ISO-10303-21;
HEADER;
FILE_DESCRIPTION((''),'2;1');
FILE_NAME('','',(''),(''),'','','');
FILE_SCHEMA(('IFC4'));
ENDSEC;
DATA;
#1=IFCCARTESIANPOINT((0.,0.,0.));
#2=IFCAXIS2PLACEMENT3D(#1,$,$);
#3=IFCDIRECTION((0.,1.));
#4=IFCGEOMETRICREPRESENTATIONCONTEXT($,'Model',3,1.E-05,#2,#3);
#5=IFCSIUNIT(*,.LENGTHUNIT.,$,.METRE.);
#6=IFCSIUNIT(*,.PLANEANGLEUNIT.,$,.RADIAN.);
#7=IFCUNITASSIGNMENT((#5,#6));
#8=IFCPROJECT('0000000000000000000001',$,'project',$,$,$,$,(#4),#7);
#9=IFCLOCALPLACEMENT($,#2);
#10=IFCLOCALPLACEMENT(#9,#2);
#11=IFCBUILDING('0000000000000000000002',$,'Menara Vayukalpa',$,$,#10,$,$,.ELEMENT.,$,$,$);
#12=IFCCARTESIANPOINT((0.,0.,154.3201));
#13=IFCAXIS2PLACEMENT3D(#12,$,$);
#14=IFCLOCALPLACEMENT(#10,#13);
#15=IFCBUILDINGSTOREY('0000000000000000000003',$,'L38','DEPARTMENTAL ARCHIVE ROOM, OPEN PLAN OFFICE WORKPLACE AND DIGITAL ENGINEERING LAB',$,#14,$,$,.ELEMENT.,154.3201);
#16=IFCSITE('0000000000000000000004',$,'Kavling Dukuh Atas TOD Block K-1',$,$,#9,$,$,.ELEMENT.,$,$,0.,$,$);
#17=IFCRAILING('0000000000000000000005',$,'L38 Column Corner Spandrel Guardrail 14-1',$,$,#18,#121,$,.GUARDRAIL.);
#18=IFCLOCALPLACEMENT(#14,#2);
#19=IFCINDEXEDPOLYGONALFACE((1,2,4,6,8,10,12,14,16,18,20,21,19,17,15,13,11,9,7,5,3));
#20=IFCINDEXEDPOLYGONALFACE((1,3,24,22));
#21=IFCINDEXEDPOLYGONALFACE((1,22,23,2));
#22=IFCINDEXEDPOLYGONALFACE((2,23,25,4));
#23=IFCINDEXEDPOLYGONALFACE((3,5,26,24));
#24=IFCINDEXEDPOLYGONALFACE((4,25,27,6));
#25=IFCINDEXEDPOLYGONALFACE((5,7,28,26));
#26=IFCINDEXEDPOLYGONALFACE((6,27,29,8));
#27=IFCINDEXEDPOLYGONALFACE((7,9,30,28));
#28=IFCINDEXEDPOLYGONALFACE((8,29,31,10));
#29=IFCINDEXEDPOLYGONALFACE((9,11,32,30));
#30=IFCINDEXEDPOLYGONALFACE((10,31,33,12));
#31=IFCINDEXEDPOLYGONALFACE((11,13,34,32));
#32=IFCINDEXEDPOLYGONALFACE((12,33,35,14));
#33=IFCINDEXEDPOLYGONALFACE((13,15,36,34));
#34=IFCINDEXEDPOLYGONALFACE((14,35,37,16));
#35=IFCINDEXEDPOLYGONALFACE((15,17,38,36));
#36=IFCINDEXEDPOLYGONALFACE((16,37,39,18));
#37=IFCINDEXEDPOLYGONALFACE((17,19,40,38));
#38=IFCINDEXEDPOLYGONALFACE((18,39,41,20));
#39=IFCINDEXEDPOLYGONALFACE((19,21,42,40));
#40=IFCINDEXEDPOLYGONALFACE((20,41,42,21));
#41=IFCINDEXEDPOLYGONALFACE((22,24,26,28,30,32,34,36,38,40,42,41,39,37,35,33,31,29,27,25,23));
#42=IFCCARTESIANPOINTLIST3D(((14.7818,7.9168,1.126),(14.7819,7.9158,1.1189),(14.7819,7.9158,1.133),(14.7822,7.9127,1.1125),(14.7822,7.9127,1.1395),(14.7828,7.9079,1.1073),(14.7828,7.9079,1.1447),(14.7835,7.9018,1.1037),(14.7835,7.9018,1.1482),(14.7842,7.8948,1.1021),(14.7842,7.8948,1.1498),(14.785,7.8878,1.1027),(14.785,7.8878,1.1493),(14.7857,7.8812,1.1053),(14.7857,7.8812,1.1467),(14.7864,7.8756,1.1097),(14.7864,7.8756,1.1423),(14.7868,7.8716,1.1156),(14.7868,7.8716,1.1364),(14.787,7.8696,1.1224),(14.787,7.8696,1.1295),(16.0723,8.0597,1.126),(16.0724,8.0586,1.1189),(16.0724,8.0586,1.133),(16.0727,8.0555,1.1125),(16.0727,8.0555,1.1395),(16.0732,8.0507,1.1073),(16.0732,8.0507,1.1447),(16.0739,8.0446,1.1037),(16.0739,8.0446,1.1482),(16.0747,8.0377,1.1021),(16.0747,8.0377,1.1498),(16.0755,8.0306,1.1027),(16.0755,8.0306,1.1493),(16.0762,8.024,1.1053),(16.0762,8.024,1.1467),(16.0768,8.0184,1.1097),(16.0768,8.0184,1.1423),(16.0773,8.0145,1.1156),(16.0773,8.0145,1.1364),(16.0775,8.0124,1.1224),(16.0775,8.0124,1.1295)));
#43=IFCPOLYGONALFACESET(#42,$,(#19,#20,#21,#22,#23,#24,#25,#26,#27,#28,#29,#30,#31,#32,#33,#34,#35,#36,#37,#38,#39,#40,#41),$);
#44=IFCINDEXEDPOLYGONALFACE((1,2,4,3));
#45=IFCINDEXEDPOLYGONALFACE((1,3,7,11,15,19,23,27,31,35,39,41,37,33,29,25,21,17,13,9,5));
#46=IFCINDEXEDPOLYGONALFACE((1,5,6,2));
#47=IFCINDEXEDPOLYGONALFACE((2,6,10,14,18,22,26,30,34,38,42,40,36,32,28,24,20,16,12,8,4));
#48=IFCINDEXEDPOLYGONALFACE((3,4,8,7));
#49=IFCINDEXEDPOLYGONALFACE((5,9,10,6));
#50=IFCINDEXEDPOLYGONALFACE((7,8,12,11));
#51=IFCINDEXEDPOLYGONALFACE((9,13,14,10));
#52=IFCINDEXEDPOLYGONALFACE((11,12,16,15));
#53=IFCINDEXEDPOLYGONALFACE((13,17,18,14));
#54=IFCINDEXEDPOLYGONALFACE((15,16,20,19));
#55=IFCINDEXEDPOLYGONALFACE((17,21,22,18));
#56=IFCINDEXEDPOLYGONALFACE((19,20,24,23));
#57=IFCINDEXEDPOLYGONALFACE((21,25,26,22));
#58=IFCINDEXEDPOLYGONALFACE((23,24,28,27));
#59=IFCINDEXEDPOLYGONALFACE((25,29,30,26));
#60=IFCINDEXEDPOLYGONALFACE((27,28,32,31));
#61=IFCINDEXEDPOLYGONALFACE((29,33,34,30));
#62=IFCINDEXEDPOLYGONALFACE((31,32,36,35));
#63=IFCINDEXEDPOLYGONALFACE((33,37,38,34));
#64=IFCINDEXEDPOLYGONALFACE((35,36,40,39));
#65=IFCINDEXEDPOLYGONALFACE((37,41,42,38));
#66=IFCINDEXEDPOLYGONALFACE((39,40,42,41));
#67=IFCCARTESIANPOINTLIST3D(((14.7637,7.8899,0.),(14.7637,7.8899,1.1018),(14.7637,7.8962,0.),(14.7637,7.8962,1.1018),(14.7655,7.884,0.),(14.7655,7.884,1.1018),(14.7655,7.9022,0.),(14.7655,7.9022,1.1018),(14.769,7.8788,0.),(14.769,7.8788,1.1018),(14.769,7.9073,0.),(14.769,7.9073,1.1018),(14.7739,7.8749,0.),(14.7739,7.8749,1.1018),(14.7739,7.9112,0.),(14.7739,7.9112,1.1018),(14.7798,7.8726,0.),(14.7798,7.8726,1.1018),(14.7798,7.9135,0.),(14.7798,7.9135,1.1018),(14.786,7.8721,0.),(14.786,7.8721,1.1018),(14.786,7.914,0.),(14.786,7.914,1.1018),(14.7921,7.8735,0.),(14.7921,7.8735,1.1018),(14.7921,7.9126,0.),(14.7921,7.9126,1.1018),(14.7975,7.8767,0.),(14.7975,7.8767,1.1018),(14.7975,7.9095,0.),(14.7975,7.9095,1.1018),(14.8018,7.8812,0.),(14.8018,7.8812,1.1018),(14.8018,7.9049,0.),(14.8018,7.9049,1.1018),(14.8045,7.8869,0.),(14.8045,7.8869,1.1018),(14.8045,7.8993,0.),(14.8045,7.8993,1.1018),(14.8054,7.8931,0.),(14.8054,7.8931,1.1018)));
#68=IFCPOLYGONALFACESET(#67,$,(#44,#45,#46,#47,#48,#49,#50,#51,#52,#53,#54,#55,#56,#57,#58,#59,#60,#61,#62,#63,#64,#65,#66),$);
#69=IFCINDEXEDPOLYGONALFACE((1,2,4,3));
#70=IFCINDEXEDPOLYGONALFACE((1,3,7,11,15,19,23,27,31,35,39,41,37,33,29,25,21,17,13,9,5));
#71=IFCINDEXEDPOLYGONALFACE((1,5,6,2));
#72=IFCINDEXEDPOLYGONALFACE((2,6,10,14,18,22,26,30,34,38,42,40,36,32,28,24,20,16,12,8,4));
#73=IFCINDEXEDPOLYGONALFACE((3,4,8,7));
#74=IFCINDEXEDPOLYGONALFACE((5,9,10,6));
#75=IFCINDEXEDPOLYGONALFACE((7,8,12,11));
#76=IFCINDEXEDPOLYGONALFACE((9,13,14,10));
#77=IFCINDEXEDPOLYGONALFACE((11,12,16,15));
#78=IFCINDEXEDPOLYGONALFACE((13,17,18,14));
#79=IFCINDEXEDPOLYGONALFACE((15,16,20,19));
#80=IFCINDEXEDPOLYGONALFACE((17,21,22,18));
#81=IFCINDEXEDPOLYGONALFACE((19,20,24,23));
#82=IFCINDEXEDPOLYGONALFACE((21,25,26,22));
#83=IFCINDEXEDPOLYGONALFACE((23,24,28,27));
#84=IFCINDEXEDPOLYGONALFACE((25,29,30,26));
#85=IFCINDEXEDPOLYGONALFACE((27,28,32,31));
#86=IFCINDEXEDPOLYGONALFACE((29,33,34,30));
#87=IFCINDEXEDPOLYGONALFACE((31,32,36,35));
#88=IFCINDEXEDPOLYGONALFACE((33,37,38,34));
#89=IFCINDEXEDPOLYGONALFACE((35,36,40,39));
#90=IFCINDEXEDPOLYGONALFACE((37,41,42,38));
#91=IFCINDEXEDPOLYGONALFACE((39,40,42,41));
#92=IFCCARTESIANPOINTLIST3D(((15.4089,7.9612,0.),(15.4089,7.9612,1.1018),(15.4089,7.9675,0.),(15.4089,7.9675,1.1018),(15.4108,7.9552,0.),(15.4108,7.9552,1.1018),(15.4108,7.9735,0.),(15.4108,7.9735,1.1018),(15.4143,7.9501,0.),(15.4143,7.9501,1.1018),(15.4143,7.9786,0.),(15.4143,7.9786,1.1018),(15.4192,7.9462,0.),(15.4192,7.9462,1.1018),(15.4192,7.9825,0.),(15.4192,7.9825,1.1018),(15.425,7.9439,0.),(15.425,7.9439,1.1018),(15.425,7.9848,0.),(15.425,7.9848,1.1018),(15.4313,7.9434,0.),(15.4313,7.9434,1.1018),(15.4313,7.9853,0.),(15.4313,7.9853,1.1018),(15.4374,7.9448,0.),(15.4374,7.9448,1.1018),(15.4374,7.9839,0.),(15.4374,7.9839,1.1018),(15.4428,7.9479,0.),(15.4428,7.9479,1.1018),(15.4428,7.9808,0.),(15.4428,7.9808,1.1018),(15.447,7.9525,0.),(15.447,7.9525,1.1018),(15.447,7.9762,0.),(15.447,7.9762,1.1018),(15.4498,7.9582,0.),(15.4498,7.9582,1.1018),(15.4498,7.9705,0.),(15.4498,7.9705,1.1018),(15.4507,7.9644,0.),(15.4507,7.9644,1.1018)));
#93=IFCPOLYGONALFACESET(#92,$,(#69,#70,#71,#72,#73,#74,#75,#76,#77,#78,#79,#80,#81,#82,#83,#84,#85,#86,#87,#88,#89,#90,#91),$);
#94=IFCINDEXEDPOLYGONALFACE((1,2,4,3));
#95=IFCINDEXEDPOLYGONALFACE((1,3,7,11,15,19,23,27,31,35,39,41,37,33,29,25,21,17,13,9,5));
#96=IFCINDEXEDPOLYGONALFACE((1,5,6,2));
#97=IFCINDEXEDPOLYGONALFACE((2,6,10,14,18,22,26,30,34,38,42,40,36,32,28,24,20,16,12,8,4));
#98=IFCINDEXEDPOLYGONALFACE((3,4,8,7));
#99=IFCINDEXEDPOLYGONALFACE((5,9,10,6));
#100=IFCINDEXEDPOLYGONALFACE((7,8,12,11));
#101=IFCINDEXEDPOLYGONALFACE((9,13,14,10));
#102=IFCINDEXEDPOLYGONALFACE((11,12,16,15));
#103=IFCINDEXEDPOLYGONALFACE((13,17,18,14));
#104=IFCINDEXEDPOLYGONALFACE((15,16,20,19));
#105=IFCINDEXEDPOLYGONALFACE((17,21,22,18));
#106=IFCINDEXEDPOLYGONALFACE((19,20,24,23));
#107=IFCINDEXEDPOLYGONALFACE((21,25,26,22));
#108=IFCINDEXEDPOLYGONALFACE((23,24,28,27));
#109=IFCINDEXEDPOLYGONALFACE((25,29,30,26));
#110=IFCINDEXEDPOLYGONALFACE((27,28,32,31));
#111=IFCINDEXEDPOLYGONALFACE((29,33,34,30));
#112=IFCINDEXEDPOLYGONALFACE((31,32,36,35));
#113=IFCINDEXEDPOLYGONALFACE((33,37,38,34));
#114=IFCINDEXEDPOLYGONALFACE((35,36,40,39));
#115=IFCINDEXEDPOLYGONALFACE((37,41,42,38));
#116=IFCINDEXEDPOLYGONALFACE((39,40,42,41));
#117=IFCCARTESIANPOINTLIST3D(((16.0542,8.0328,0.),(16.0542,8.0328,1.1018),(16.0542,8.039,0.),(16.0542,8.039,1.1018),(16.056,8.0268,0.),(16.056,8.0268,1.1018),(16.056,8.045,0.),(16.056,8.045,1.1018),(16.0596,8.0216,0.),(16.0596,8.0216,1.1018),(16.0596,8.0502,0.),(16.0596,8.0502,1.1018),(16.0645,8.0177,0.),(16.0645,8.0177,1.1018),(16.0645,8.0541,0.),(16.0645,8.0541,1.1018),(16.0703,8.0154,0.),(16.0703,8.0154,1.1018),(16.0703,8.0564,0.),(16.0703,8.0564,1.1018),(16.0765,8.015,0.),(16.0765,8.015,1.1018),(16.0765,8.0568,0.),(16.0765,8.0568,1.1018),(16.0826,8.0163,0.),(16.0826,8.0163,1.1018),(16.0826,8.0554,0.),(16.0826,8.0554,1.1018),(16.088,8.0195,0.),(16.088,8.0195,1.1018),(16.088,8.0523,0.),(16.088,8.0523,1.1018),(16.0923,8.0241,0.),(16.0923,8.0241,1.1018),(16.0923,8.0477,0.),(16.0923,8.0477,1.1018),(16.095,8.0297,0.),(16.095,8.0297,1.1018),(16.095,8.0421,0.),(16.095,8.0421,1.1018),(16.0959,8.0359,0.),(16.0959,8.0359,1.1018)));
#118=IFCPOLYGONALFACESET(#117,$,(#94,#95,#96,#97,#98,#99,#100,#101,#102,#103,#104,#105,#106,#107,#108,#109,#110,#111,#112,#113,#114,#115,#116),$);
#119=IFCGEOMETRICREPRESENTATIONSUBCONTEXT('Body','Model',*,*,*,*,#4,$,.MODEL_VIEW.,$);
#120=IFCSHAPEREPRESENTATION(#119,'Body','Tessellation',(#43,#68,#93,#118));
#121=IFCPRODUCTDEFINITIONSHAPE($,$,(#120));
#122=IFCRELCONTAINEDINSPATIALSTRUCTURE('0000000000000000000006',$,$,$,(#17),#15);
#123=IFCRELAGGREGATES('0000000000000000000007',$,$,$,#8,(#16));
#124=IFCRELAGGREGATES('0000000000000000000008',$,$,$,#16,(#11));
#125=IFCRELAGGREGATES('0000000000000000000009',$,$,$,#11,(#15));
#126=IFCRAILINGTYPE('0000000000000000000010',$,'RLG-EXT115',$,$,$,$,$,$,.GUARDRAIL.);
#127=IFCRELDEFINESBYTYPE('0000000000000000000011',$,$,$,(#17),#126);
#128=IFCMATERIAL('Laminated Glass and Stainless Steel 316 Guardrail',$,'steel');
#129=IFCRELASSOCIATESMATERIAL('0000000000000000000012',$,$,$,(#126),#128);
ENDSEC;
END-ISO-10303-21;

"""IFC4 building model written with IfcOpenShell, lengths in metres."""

from ifc_helpers import new_model, si_unit, direction, frame, origin, origin_2d, place, context, subcontext, project, spatial, circle, extrude, material, type_object, element, save


model = new_model("IFC4")

# Units and contexts
model_context = context("Model", 3, precision=1e-05, world=origin(), true_north=direction((0.0, 1.0)))
body_context = subcontext(model_context, "Body", "Model", "MODEL_VIEW")
ifc_project = project(units=[si_unit("LENGTHUNIT", "METRE"), si_unit("PLANEANGLEUNIT", "RADIAN")], contexts=[model_context])

# Site, building, storey
site_placement = place(None, origin())
site = spatial("IfcSite", under=ifc_project, at=site_placement, Name="Kavling Dukuh Atas TOD Block K-1", CompositionType="ELEMENT", RefElevation=0.0)
building_placement = place(site_placement, origin())
building = spatial("IfcBuilding", under=site, at=building_placement, Name="Menara Vayukalpa", CompositionType="ELEMENT")
storey_placement = place(building_placement, frame((0.0, 0.0, 154.3201)))
storey = spatial("IfcBuildingStorey", under=building, at=storey_placement, Name="L38", Description="DEPARTMENTAL ARCHIVE ROOM, OPEN PLAN OFFICE WORKPLACE AND DIGITAL ENGINEERING LAB", CompositionType="ELEMENT", Elevation=154.3201)

# Railing
ifc_material_1 = material(Name="Laminated Glass and Stainless Steel 316 Guardrail", Category="steel")
railing_type = type_object("IfcRailingType", Name="RLG-EXT115", PredefinedType="GUARDRAIL", material=ifc_material_1)
railing_1_placement = place(storey_placement, frame((14.7844, 7.8931, 0.0)))
element("IfcRailing", 1, at=railing_1_placement, inside=storey, type_object=railing_type, Name="L38 Column Corner Spandrel Guardrail 14-1", PredefinedType="GUARDRAIL", context=body_context, shape_type="SweptSolid", body=[
    extrude(circle(Radius=0.0239, at=origin_2d()), frame((0.0, 0.0, 1.126), z_axis=(0.993932, 0.109998, 0.0), x_axis=(-0.109998, 0.993932, 0.0)), (0.0, 0.0, 1.0), 1.2983),
    extrude(circle(Radius=0.021, at=origin_2d()), origin(), (0.0, 0.0, 1.0), 1.1018),
    extrude(circle(Radius=0.021, at=origin_2d()), frame((0.6453, 0.0713, 0.0)), (0.0, 0.0, 1.0), 1.1018),
    extrude(circle(Radius=0.021, at=origin_2d()), frame((1.2905, 0.1428, 0.0)), (0.0, 0.0, 1.0), 1.1018),
])

save(model, "model.ifc")
